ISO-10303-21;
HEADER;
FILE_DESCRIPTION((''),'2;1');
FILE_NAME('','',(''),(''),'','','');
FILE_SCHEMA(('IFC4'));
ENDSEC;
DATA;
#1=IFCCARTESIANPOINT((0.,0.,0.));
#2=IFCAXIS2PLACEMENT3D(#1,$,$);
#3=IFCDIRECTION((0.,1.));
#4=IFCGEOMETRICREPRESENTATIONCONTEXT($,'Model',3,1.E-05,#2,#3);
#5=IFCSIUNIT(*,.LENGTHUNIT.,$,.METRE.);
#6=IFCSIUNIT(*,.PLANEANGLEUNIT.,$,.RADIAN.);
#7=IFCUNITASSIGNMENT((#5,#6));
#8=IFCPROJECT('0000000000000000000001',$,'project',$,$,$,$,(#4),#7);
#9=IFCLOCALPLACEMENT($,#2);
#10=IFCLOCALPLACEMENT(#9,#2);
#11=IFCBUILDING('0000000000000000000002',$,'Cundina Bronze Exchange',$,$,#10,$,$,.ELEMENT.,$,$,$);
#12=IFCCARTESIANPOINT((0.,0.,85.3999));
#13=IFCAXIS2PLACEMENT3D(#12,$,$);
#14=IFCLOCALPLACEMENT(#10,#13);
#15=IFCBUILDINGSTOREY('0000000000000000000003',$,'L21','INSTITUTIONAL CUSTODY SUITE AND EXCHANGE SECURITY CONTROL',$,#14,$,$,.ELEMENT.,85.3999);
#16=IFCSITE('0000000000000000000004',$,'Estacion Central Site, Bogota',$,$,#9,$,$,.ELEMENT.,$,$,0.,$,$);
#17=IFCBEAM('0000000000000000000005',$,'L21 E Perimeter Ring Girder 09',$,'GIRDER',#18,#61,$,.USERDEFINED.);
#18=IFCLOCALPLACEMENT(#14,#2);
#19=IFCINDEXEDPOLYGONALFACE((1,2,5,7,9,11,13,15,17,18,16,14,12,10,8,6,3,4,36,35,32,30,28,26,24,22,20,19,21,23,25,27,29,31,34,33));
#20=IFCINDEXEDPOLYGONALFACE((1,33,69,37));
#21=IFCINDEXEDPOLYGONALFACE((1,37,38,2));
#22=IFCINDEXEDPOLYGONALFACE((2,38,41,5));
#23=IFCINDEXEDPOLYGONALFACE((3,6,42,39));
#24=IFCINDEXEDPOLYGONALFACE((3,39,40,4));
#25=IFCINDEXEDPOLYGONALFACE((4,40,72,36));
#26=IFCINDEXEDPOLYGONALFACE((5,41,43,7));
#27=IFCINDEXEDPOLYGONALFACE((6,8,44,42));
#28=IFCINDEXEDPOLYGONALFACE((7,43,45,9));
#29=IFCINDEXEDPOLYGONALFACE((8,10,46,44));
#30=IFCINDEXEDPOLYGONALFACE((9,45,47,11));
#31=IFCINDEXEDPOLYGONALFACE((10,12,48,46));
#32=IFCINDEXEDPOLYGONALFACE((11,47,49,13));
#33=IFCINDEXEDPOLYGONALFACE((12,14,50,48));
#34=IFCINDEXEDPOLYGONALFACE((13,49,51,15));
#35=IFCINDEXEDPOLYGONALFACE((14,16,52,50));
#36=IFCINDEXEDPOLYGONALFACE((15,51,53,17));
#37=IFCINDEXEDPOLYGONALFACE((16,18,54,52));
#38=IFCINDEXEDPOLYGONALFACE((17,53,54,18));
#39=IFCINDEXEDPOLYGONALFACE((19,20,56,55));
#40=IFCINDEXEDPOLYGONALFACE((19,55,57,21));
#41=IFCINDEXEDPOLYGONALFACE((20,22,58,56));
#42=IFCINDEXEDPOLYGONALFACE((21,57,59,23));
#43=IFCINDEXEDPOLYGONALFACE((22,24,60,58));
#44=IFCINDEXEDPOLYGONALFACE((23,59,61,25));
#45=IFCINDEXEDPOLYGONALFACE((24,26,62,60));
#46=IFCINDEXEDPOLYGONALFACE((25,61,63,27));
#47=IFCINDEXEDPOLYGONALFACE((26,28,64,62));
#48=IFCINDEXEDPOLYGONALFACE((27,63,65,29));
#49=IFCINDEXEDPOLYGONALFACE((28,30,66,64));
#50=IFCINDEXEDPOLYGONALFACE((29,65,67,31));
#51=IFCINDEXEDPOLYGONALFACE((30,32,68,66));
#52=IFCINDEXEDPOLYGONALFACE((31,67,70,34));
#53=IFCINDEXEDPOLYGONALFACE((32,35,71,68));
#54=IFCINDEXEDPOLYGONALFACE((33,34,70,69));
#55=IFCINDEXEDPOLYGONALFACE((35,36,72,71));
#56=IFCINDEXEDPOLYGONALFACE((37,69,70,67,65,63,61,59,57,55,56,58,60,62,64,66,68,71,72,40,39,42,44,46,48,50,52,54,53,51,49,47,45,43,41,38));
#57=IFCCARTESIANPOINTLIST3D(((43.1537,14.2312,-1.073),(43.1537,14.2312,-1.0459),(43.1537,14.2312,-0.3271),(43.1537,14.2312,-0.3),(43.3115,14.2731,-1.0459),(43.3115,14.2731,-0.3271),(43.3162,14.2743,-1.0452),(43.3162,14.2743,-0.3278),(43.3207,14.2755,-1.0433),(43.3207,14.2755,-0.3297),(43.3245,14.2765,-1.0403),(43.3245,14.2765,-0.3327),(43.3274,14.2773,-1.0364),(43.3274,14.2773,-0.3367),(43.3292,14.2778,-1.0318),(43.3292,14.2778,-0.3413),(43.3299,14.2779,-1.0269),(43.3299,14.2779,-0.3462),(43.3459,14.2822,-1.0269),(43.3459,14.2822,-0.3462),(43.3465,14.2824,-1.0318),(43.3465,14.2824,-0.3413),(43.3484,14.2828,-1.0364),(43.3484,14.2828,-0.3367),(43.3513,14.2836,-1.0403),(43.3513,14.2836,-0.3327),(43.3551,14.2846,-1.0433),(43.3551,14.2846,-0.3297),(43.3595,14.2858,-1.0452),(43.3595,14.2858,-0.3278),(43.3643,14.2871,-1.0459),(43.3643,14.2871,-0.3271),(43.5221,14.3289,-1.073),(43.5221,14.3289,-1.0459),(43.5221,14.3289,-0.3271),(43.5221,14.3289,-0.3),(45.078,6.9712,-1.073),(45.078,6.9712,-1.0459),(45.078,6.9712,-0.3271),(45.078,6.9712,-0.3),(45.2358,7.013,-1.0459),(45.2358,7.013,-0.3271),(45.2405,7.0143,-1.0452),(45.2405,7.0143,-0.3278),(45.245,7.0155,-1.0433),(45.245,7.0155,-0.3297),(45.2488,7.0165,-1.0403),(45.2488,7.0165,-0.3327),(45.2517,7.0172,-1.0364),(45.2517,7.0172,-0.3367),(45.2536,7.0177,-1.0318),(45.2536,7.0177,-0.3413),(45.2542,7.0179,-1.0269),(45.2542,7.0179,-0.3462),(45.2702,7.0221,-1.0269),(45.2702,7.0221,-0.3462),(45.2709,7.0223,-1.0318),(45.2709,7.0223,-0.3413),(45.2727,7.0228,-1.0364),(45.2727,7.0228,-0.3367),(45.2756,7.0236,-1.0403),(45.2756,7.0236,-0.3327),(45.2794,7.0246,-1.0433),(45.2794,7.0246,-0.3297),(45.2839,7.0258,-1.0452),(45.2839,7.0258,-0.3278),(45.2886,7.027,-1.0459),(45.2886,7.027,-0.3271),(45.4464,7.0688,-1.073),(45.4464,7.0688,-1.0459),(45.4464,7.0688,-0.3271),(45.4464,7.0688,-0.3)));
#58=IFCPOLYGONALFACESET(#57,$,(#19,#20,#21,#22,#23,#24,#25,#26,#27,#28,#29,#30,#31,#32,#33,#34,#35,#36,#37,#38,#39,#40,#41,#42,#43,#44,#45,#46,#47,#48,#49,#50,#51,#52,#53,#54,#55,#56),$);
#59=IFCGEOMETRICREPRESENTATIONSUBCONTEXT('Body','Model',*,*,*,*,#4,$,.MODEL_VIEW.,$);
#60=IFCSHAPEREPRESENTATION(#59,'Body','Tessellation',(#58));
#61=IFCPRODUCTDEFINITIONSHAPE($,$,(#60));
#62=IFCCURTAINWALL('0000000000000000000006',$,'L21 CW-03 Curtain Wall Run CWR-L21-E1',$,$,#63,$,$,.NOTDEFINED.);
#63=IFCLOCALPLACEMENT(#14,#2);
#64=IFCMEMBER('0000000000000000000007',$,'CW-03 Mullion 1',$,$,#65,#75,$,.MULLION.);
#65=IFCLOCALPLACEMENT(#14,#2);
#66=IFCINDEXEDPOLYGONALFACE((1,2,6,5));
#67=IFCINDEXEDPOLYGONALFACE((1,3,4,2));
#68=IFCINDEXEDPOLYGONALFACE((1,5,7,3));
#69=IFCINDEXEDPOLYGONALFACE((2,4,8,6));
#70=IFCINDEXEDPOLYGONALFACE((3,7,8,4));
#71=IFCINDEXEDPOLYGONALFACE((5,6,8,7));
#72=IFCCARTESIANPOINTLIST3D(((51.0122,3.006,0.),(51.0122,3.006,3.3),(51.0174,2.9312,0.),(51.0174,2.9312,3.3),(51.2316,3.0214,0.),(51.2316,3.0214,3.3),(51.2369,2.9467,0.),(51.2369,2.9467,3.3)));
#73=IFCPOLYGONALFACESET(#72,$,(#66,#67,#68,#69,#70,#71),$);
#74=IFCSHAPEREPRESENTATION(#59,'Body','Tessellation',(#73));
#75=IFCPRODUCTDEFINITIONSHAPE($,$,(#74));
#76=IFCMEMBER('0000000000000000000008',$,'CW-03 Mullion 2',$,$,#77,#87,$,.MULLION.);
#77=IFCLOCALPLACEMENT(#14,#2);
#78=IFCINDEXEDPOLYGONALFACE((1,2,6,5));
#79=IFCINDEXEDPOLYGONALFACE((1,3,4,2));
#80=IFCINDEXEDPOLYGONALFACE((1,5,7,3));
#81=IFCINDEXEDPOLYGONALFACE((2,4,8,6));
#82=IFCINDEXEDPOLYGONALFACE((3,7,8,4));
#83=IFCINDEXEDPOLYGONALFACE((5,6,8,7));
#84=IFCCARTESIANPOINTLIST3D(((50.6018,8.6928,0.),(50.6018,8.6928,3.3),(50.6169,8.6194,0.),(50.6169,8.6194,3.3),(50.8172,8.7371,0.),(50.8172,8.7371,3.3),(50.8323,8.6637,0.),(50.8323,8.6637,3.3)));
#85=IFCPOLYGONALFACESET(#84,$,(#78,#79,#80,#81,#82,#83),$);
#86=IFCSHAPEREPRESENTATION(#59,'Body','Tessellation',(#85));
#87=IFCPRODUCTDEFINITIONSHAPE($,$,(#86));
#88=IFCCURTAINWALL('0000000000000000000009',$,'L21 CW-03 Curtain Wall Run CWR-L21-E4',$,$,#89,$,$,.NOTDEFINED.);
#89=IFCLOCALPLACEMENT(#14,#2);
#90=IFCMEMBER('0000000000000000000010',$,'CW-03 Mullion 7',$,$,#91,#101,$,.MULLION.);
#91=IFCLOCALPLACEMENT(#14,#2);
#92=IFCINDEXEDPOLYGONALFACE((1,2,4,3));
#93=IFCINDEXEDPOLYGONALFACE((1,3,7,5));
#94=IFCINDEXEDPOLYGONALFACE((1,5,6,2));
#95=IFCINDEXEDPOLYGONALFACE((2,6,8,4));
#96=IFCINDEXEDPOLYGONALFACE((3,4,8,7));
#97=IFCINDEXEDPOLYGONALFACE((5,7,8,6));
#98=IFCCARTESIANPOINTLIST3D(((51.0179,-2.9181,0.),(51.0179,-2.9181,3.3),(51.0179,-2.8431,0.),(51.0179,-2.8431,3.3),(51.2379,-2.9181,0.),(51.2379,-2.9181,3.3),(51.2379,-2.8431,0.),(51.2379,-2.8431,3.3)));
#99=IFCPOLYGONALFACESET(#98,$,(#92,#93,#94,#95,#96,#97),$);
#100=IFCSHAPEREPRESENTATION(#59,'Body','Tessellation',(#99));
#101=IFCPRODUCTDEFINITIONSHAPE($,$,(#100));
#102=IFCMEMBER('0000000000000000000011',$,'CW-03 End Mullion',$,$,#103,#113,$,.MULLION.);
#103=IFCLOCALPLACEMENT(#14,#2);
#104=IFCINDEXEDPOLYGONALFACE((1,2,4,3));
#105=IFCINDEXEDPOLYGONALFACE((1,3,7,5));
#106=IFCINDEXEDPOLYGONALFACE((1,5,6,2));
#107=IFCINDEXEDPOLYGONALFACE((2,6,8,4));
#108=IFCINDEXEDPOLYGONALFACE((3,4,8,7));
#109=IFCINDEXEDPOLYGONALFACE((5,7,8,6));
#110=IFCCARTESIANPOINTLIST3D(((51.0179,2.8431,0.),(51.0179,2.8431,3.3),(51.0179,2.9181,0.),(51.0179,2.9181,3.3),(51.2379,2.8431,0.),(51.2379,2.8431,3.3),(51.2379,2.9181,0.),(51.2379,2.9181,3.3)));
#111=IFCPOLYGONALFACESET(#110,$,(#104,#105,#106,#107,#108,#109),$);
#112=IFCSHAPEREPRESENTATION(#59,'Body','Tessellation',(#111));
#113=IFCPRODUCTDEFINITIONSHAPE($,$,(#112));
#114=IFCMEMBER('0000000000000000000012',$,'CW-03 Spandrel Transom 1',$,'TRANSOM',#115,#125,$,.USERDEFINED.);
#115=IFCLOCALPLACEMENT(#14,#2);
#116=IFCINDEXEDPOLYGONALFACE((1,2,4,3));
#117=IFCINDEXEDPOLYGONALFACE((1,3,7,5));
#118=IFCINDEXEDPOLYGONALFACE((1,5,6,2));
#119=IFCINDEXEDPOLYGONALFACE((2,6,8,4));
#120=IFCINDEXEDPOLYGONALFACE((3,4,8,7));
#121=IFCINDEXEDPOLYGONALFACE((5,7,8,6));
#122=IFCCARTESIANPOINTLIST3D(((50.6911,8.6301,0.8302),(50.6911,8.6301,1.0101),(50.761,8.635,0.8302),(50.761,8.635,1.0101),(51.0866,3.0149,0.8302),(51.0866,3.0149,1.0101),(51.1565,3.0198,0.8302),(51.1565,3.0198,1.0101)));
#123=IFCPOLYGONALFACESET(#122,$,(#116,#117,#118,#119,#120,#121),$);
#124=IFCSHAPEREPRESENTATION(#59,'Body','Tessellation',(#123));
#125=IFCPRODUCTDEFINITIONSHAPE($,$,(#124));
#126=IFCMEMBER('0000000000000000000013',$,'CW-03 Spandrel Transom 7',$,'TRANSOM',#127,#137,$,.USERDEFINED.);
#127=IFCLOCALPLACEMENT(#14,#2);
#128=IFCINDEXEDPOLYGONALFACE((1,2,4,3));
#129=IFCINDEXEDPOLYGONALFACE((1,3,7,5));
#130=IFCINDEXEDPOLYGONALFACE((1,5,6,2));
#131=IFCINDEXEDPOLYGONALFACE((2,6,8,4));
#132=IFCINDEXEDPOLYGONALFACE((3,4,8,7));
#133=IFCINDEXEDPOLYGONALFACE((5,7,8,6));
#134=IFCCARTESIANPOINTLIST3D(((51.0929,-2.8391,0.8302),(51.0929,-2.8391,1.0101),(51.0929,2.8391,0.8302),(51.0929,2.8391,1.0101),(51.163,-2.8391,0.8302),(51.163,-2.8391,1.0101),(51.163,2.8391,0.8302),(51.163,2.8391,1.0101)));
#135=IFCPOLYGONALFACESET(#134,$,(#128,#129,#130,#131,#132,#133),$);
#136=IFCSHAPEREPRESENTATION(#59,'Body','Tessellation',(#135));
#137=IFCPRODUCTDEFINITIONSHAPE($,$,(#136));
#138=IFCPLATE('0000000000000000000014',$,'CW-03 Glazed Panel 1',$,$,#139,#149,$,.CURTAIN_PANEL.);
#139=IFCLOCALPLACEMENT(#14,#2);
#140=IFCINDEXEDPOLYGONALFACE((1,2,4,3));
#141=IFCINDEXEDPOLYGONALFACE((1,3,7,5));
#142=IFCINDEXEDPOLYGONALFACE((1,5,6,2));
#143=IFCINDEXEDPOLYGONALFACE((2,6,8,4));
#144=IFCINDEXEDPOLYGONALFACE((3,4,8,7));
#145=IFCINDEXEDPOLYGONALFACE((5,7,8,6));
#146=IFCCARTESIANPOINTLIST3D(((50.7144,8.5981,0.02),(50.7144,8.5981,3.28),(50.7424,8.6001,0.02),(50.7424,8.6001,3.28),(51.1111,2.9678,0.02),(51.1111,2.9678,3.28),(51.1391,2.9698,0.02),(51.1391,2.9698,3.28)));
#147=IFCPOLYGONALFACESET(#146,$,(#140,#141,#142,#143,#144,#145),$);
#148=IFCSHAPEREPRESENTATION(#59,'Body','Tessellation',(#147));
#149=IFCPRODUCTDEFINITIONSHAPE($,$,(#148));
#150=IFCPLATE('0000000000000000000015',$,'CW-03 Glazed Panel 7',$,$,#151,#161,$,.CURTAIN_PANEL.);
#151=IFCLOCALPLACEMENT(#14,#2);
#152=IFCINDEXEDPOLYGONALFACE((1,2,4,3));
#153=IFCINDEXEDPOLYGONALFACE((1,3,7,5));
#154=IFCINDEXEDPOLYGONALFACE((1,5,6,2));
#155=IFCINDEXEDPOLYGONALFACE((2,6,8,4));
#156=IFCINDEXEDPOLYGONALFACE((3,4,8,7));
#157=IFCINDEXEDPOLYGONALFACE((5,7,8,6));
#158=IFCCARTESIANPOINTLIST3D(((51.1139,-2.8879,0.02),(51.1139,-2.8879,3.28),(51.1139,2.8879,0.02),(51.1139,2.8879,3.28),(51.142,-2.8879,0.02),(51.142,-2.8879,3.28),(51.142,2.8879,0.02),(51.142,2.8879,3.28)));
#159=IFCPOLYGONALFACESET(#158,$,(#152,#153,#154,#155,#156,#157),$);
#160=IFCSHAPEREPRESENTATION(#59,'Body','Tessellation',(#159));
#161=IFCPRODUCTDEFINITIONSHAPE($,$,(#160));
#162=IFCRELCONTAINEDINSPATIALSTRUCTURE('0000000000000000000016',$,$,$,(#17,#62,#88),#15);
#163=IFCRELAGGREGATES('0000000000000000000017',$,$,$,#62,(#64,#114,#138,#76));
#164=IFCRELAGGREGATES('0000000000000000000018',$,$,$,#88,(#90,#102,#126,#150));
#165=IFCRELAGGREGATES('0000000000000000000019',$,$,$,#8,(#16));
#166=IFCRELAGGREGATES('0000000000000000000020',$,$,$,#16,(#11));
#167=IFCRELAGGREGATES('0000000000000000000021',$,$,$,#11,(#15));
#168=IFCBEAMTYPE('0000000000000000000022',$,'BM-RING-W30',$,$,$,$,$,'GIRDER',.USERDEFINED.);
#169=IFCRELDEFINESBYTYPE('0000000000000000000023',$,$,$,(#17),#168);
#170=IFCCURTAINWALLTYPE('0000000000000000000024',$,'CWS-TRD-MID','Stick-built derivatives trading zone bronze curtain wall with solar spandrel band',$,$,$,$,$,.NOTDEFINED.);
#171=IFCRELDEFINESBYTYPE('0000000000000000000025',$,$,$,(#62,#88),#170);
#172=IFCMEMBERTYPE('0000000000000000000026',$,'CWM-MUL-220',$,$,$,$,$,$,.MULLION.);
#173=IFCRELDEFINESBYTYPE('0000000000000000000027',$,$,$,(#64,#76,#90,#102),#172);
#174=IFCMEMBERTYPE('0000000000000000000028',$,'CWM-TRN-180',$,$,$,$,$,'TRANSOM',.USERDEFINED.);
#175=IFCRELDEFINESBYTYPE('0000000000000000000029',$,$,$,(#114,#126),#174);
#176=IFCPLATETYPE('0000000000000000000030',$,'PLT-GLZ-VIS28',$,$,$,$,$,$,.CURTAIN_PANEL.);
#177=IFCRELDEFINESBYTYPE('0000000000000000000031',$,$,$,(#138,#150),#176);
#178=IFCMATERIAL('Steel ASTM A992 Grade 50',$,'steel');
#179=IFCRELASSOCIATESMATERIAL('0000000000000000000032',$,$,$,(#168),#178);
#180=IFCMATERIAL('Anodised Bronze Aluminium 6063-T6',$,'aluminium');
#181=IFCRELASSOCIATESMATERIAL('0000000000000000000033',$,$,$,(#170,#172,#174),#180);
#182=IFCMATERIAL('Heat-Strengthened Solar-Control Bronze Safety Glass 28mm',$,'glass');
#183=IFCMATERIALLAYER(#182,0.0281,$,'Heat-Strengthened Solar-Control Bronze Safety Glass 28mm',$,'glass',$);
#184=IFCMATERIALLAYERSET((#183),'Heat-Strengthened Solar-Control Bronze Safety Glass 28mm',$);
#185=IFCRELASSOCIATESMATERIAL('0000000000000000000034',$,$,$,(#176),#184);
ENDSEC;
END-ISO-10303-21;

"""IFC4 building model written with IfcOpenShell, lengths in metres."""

from ifc_helpers import new_model, si_unit, direction, frame, origin, origin_2d, place, context, subcontext, project, spatial, rectangle, i_section, extrude, material, layer, layer_set, material_profile, profile_set, type_object, element, aggregate, save


model = new_model("IFC4")

# Units and contexts
model_context = context("Model", 3, precision=1e-05, world=origin(), true_north=direction((0.0, 1.0)))
body_context = subcontext(model_context, "Body", "Model", "MODEL_VIEW")
ifc_project = project(units=[si_unit("LENGTHUNIT", "METRE"), si_unit("PLANEANGLEUNIT", "RADIAN")], contexts=[model_context])

# Site, building, storey
site_placement = place(None, origin())
site = spatial("IfcSite", under=ifc_project, at=site_placement, Name="Estacion Central Site, Bogota", CompositionType="ELEMENT", RefElevation=0.0)
building_placement = place(site_placement, origin())
building = spatial("IfcBuilding", under=site, at=building_placement, Name="Cundina Bronze Exchange", CompositionType="ELEMENT")
storey_placement = place(building_placement, frame((0.0, 0.0, 85.3999)))
storey = spatial("IfcBuildingStorey", under=building, at=storey_placement, Name="L21", Description="INSTITUTIONAL CUSTODY SUITE AND EXCHANGE SECURITY CONTROL", CompositionType="ELEMENT", Elevation=85.3999)

# Beam
ifc_material_1 = material(Name="Steel ASTM A992 Grade 50", Category="steel")
ifc_material_profile_1 = material_profile(ifc_material_1, i_section(OverallWidth=0.3811, OverallDepth=0.7729, WebThickness=0.0166, FlangeThickness=0.0271, FilletRadius=0.019, at=origin_2d()), Name="W30X173", Category="steel")
ifc_profile_set_1 = profile_set([ifc_material_profile_1], Name="Steel ASTM A992 Grade 50")
beam_type_1 = type_object("IfcBeamType", Name="BM-RING-W30", ElementType="GIRDER", PredefinedType="USERDEFINED", material=ifc_profile_set_1)
for number, where, z_axis, x_axis, name in (
    (1, (45.2622, 7.02, -0.6865), (-0.25621, 0.966621, 0.0), (-0.966621, -0.25621, 0.0), "L21 E Perimeter Ring Girder 09"),
):
    element("IfcBeam", number, at=place(storey_placement, frame(where, z_axis=z_axis, x_axis=x_axis)), inside=storey, type_object=beam_type_1, Name=name, ObjectType="GIRDER", PredefinedType="USERDEFINED", context=body_context, shape_type="SweptSolid", body=[
        extrude(i_section(OverallWidth=0.3811, OverallDepth=0.7729, WebThickness=0.0166, FlangeThickness=0.0271, FilletRadius=0.019, at=origin_2d()), origin(), (0.0, 0.0, 1.0), 7.5107),
    ])

# Curtain walls, members
ifc_material_2 = material(Name="Anodised Bronze Aluminium 6063-T6", Category="aluminium")
curtain_wall_type = type_object("IfcCurtainWallType", Name="CWS-TRD-MID", Description="Stick-built derivatives trading zone bronze curtain wall with solar spandrel band", PredefinedType="NOTDEFINED", material=ifc_material_2)
curtain_wall_1_placement = place(storey_placement, origin())
curtain_wall_1 = element("IfcCurtainWall", 2, at=curtain_wall_1_placement, inside=storey, type_object=curtain_wall_type, Name="L21 CW-03 Curtain Wall Run CWR-L21-E1", PredefinedType="NOTDEFINED")
ifc_material_profile_2 = material_profile(ifc_material_2, rectangle(XDim=0.075, YDim=0.22, at=origin_2d()), Name="AL75X220", Category="aluminium")
ifc_profile_set_2 = profile_set([ifc_material_profile_2], Name="Anodised Bronze Aluminium 6063-T6")
member_type_1 = type_object("IfcMemberType", Name="CWM-MUL-220", PredefinedType="MULLION", material=ifc_profile_set_2)
member_1_placement = place(storey_placement, frame((51.1245, 2.9763, 0.0), z_axis=(0.0, 0.0, 1.0), x_axis=(-0.070279, 0.997527, 0.0)))
member_1 = element("IfcMember", 3, at=member_1_placement, type_object=member_type_1, Name="CW-03 Mullion 1", PredefinedType="MULLION", context=body_context, shape_type="SweptSolid", body=[
    extrude(rectangle(XDim=0.075, YDim=0.22, at=origin_2d()), origin(), (0.0, 0.0, 1.0), 3.3),
])
member_2_placement = place(storey_placement, frame((50.717, 8.6782, 0.0), z_axis=(0.0, 0.0, 1.0), x_axis=(-0.20142, 0.979505, 0.0)))
member_2 = element("IfcMember", 4, at=member_2_placement, type_object=member_type_1, Name="CW-03 Mullion 2", PredefinedType="MULLION", context=body_context, shape_type="SweptSolid", body=[
    extrude(rectangle(XDim=0.075, YDim=0.22, at=origin_2d()), origin(), (0.0, 0.0, 1.0), 3.3),
])
curtain_wall_2_placement = place(storey_placement, origin())
curtain_wall_2 = element("IfcCurtainWall", 5, at=curtain_wall_2_placement, inside=storey, type_object=curtain_wall_type, Name="L21 CW-03 Curtain Wall Run CWR-L21-E4", PredefinedType="NOTDEFINED")
member_3_placement = place(storey_placement, frame((51.1279, -2.8806, 0.0), z_axis=(0.0, 0.0, 1.0), x_axis=(0.0, 1.0, 0.0)))
member_3 = element("IfcMember", 6, at=member_3_placement, type_object=member_type_1, Name="CW-03 Mullion 7", PredefinedType="MULLION", context=body_context, shape_type="SweptSolid", body=[
    extrude(rectangle(XDim=0.075, YDim=0.22, at=origin_2d()), origin(), (0.0, 0.0, 1.0), 3.3),
])
member_4_placement = place(storey_placement, frame((51.1279, 2.8806, 0.0), z_axis=(0.0, 0.0, 1.0), x_axis=(0.0, 1.0, 0.0)))
member_4 = element("IfcMember", 7, at=member_4_placement, type_object=member_type_1, Name="CW-03 End Mullion", PredefinedType="MULLION", context=body_context, shape_type="SweptSolid", body=[
    extrude(rectangle(XDim=0.075, YDim=0.22, at=origin_2d()), origin(), (0.0, 0.0, 1.0), 3.3),
])

# Members
ifc_material_profile_3 = material_profile(ifc_material_2, rectangle(XDim=0.0701, YDim=0.1799, at=origin_2d()), Name="AL70X180", Category="aluminium")
ifc_profile_set_3 = profile_set([ifc_material_profile_3], Name="Anodised Bronze Aluminium 6063-T6")
member_type_2 = type_object("IfcMemberType", Name="CWM-TRN-180", ElementType="TRANSOM", PredefinedType="USERDEFINED", material=ifc_profile_set_3)
member_5_placement = place(storey_placement, frame((51.1216, 3.0173, 0.9202), z_axis=(-0.070261, 0.997529, 0.0), x_axis=(-0.997529, -0.070261, 0.0)))
member_5 = element("IfcMember", 8, at=member_5_placement, type_object=member_type_2, Name="CW-03 Spandrel Transom 1", ObjectType="TRANSOM", PredefinedType="USERDEFINED", context=body_context, shape_type="SweptSolid", body=[
    extrude(rectangle(XDim=0.0701, YDim=0.1799, at=origin_2d()), origin(), (0.0, 0.0, 1.0), 5.6292),
])
member_6_placement = place(storey_placement, frame((51.1279, -2.8391, 0.9202), z_axis=(0.0, 1.0, 0.0), x_axis=(-1.0, 0.0, 0.0)))
member_6 = element("IfcMember", 9, at=member_6_placement, type_object=member_type_2, Name="CW-03 Spandrel Transom 7", ObjectType="TRANSOM", PredefinedType="USERDEFINED", context=body_context, shape_type="SweptSolid", body=[
    extrude(rectangle(XDim=0.0701, YDim=0.1799, at=origin_2d()), origin(), (0.0, 0.0, 1.0), 5.6782),
])

# Plates
ifc_material_3 = material(Name="Heat-Strengthened Solar-Control Bronze Safety Glass 28mm", Category="glass")
ifc_layer_1 = layer(ifc_material_3, 0.0281, Name="Heat-Strengthened Solar-Control Bronze Safety Glass 28mm", Category="glass")
ifc_layer_set_1 = layer_set([ifc_layer_1], Name="Heat-Strengthened Solar-Control Bronze Safety Glass 28mm")
plate_type = type_object("IfcPlateType", Name="PLT-GLZ-VIS28", PredefinedType="CURTAIN_PANEL", material=ifc_layer_set_1)
plate_1_placement = place(storey_placement, frame((50.9268, 5.7839, 0.02), z_axis=(0.0, 0.0, 1.0), x_axis=(-0.070279, 0.997527, 0.0)))
plate_1 = element("IfcPlate", 10, at=plate_1_placement, type_object=plate_type, Name="CW-03 Glazed Panel 1", PredefinedType="CURTAIN_PANEL", context=body_context, shape_type="SweptSolid", body=[
    extrude(rectangle(XDim=5.6443, YDim=0.0281, at=origin_2d()), origin(), (0.0, 0.0, 1.0), 3.26),
])
aggregate(curtain_wall_1, [member_1, member_5, plate_1, member_2])
plate_2_placement = place(storey_placement, frame((51.1279, 0.0, 0.02), z_axis=(0.0, 0.0, 1.0), x_axis=(0.0, 1.0, 0.0)))
plate_2 = element("IfcPlate", 11, at=plate_2_placement, type_object=plate_type, Name="CW-03 Glazed Panel 7", PredefinedType="CURTAIN_PANEL", context=body_context, shape_type="SweptSolid", body=[
    extrude(rectangle(XDim=5.7759, YDim=0.0281, at=origin_2d()), origin(), (0.0, 0.0, 1.0), 3.26),
])
aggregate(curtain_wall_2, [member_3, member_4, member_6, plate_2])

save(model, "model.ifc")
